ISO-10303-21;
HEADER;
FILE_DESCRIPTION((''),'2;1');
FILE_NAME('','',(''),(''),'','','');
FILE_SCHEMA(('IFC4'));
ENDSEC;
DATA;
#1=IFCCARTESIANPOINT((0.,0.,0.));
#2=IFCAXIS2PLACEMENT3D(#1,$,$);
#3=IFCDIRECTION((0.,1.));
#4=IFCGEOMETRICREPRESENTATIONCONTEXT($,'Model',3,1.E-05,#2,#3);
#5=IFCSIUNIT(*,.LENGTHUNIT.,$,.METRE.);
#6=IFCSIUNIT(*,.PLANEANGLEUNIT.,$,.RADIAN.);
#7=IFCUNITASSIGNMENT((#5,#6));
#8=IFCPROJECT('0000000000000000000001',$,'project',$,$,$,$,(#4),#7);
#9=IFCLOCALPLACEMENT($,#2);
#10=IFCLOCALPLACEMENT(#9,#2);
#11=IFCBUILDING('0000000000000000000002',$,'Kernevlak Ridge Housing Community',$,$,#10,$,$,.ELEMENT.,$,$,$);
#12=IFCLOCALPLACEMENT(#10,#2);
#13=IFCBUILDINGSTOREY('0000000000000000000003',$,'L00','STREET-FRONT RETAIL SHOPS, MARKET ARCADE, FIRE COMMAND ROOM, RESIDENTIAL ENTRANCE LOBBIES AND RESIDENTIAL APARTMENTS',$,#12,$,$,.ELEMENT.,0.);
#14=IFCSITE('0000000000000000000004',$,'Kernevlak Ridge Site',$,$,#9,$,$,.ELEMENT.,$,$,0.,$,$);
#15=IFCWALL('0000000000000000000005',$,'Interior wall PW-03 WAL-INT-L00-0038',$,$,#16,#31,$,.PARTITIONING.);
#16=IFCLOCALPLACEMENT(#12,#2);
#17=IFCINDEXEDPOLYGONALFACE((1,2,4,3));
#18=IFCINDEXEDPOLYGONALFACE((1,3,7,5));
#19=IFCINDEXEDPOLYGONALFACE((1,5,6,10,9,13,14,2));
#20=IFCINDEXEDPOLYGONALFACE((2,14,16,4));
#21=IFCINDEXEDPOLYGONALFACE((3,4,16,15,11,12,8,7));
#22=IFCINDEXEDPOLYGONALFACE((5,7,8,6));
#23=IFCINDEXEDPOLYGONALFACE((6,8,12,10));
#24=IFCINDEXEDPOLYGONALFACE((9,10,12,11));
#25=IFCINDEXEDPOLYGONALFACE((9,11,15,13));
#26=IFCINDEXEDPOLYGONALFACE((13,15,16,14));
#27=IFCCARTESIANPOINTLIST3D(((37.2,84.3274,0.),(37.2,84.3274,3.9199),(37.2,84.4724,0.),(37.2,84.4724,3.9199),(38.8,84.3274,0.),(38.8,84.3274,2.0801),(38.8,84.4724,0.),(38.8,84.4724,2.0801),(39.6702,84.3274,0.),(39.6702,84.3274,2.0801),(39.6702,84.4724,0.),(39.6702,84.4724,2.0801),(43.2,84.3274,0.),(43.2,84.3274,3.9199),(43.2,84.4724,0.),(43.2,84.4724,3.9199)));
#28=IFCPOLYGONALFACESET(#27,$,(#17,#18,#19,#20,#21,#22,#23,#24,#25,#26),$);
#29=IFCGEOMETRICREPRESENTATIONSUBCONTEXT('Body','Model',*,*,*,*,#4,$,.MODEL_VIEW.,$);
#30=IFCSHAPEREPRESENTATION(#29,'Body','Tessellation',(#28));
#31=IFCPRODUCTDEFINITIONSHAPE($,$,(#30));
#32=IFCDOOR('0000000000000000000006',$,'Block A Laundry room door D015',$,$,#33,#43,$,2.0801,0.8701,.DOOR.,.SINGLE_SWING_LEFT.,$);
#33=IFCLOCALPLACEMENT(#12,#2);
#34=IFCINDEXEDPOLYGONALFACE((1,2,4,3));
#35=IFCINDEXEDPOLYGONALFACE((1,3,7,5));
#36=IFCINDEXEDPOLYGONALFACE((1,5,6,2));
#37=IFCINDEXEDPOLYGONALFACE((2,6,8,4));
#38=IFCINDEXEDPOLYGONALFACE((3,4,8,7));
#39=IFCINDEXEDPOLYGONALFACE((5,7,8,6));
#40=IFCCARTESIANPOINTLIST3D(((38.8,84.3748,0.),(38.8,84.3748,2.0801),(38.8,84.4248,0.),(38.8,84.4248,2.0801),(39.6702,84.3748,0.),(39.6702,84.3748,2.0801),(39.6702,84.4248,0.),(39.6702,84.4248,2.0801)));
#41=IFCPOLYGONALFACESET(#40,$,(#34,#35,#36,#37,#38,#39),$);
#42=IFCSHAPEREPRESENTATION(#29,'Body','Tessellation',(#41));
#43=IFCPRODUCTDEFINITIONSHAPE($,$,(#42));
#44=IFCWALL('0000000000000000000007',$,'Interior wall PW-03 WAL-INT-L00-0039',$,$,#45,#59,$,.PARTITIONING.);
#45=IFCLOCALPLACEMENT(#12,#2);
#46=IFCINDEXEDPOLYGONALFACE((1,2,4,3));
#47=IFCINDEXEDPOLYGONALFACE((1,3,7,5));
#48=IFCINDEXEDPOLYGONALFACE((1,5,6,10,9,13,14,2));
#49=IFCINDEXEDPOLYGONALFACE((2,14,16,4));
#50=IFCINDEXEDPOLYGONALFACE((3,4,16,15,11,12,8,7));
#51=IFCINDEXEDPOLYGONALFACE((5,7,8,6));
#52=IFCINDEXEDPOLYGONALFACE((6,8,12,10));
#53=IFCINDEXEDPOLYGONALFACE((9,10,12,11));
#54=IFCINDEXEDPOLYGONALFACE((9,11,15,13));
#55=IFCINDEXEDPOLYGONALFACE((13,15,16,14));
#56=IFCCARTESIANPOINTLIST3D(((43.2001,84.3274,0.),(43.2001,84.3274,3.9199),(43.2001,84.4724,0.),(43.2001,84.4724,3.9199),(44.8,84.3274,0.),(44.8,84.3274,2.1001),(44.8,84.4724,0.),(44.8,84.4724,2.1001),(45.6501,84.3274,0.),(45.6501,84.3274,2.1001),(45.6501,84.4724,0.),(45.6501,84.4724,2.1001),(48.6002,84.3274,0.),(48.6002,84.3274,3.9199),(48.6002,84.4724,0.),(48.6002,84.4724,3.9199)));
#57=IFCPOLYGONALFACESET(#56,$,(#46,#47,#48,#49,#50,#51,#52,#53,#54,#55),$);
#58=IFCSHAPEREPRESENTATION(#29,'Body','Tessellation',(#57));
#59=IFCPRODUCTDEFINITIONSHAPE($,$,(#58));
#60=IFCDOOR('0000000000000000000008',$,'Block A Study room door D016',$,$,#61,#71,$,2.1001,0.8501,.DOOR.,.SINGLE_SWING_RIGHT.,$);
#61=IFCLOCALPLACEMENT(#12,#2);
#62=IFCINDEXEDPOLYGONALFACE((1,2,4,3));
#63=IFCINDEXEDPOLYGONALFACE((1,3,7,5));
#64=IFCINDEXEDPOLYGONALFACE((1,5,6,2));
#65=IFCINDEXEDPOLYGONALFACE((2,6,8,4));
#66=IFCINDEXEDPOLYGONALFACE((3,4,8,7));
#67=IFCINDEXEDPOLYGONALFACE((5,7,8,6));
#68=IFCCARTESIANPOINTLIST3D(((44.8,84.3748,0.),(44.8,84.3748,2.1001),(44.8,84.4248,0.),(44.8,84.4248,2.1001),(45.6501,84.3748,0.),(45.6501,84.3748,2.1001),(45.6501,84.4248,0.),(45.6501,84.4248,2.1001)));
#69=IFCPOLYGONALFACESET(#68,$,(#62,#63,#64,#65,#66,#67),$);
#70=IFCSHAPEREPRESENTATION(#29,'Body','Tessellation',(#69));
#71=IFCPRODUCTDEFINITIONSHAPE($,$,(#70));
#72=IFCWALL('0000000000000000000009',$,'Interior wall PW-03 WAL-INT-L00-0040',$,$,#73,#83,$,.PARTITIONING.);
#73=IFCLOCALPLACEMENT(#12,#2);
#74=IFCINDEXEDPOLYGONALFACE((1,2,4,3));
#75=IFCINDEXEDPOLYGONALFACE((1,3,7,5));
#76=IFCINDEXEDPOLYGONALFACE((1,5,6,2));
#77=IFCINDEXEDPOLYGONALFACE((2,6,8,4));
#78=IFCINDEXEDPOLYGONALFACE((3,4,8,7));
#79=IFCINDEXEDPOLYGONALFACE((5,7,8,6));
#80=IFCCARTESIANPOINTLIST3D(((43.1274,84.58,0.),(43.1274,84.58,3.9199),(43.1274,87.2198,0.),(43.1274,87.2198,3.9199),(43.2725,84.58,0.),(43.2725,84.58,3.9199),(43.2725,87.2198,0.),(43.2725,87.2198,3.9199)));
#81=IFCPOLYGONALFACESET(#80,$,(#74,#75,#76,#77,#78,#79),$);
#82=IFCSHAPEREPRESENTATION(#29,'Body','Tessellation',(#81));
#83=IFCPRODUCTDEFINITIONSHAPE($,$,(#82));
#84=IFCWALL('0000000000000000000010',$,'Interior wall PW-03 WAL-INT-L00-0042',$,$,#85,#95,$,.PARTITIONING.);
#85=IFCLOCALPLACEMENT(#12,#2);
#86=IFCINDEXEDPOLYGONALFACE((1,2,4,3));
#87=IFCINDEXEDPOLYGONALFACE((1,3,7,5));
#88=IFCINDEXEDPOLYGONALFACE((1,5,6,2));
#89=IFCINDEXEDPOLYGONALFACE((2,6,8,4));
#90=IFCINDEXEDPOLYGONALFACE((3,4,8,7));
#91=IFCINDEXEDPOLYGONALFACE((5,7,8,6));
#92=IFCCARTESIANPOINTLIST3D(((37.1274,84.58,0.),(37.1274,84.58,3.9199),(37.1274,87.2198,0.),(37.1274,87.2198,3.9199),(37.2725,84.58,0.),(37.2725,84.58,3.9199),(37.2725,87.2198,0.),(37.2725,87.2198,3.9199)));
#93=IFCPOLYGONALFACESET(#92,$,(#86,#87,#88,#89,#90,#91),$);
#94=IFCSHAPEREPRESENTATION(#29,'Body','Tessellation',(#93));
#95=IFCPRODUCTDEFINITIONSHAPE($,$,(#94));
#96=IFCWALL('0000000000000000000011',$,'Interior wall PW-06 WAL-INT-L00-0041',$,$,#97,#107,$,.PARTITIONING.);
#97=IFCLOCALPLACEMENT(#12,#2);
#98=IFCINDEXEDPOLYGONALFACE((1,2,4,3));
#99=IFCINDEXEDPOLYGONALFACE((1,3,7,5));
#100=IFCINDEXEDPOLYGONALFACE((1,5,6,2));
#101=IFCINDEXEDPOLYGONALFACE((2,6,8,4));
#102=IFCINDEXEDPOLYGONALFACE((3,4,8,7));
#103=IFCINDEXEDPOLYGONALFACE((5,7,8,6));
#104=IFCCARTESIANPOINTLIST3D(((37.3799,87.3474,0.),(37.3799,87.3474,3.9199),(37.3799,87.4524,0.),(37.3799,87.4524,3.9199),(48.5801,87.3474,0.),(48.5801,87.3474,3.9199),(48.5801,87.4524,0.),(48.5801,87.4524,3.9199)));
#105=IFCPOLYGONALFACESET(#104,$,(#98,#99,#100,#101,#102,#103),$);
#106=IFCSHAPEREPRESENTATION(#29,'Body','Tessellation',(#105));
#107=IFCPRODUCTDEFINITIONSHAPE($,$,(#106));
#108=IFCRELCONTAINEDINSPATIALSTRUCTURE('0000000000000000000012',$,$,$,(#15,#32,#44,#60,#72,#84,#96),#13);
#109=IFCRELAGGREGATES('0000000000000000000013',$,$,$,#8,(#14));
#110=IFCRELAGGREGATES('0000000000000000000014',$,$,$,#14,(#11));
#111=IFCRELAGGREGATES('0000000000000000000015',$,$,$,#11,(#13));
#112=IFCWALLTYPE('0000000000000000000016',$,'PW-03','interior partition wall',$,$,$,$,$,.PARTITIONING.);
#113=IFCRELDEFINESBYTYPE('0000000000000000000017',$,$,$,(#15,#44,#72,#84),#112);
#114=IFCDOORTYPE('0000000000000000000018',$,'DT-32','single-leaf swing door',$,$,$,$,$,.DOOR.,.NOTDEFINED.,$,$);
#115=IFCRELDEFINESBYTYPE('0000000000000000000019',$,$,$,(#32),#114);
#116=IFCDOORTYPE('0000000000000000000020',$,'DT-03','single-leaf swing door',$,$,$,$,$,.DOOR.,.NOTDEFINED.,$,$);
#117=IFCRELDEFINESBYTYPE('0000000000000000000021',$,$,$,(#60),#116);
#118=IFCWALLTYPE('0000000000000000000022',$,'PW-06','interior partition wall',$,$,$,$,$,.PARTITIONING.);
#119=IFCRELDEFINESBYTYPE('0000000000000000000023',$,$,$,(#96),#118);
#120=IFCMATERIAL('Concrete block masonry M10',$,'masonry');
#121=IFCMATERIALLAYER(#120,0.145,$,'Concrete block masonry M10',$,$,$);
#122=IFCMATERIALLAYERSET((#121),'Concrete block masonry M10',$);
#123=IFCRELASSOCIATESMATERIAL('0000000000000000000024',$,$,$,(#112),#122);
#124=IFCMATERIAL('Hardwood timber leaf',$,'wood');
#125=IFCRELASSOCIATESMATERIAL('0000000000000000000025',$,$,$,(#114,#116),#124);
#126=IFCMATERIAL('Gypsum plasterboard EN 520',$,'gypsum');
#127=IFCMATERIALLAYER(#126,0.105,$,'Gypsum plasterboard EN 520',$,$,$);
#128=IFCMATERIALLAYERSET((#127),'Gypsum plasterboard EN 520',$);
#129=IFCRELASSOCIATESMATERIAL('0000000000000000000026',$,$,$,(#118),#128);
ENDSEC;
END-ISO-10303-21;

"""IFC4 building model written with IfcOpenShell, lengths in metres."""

from ifc_helpers import new_model, si_unit, direction, frame, frame_2d, origin, place, context, subcontext, project, spatial, rectangle, extrude, material, layer, layer_set, type_object, element, fill, save


model = new_model("IFC4")

# Units and contexts
model_context = context("Model", 3, precision=1e-05, world=origin(), true_north=direction((0.0, 1.0)))
body_context = subcontext(model_context, "Body", "Model", "MODEL_VIEW")
ifc_project = project(units=[si_unit("LENGTHUNIT", "METRE"), si_unit("PLANEANGLEUNIT", "RADIAN")], contexts=[model_context])

# Site, building, storey
site_placement = place(None, origin())
site = spatial("IfcSite", under=ifc_project, at=site_placement, Name="Kernevlak Ridge Site", CompositionType="ELEMENT", RefElevation=0.0)
building_placement = place(site_placement, origin())
building = spatial("IfcBuilding", under=site, at=building_placement, Name="Kernevlak Ridge Housing Community", CompositionType="ELEMENT")
storey_placement = place(building_placement, origin())
storey = spatial("IfcBuildingStorey", under=building, at=storey_placement, Name="L00", Description="STREET-FRONT RETAIL SHOPS, MARKET ARCADE, FIRE COMMAND ROOM, RESIDENTIAL ENTRANCE LOBBIES AND RESIDENTIAL APARTMENTS", CompositionType="ELEMENT", Elevation=0.0)

# Walls, openings, doors
ifc_material_1 = material(Name="Concrete block masonry M10", Category="masonry")
ifc_layer_1 = layer(ifc_material_1, 0.145, Name="Concrete block masonry M10")
ifc_layer_set_1 = layer_set([ifc_layer_1], Name="Concrete block masonry M10")
wall_type_1 = type_object("IfcWallType", Name="PW-03", Description="interior partition wall", PredefinedType="PARTITIONING", material=ifc_layer_set_1)
wall_1_placement = place(storey_placement, frame((37.2, 84.3999, 0.0), z_axis=(0.0, 0.0, 1.0), x_axis=(1.0, 0.0, 0.0)))
wall_1 = element("IfcWall", 1, at=wall_1_placement, inside=storey, type_object=wall_type_1, Name="Interior wall PW-03 WAL-INT-L00-0038", PredefinedType="PARTITIONING", context=body_context, shape_type="SweptSolid", body=[
    extrude(rectangle(XDim=6.0, YDim=0.145, at=frame_2d((3.0, 0.0))), origin(), (0.0, 0.0, 1.0), 3.9199),
])
opening_1_placement = place(wall_1_placement, frame((1.6001, 0.0, 0.0)))
opening_1 = element("IfcOpeningElement", 2, at=opening_1_placement, cuts=wall_1, PredefinedType="OPENING", context=body_context, shape_type="SweptSolid", body=[
    extrude(rectangle(XDim=0.8701, YDim=2.0801, at=frame_2d((0.4351, 1.04))), frame((0.0, 0.0825, 0.0), z_axis=(0.0, -1.0, 0.0), x_axis=(1.0, 0.0, 0.0)), (0.0, 0.0, 1.0), 0.165),
])
ifc_material_2 = material(Name="Hardwood timber leaf", Category="wood")
door_type_1 = type_object("IfcDoorType", Name="DT-32", Description="single-leaf swing door", OperationType="NOTDEFINED", PredefinedType="DOOR", material=ifc_material_2)
door_1_placement = place(opening_1_placement, origin())
door_1 = element("IfcDoor", 3, at=door_1_placement, inside=storey, type_object=door_type_1, Name="Block A Laundry room door D015", OperationType="SINGLE_SWING_LEFT", OverallHeight=2.0801, OverallWidth=0.8701, PredefinedType="DOOR", context=body_context, shape_type="SweptSolid", body=[
    extrude(rectangle(XDim=0.8701, YDim=2.0801, at=frame_2d((0.4351, 1.04))), frame((0.0, 0.0249, 0.0), z_axis=(0.0, -1.0, 0.0), x_axis=(1.0, 0.0, 0.0)), (0.0, 0.0, 1.0), 0.05),
])
fill(opening_1, door_1)
wall_2_placement = place(storey_placement, frame((43.2, 84.3999, 0.0), z_axis=(0.0, 0.0, 1.0), x_axis=(1.0, 0.0, 0.0)))
wall_2 = element("IfcWall", 4, at=wall_2_placement, inside=storey, type_object=wall_type_1, Name="Interior wall PW-03 WAL-INT-L00-0039", PredefinedType="PARTITIONING", context=body_context, shape_type="SweptSolid", body=[
    extrude(rectangle(XDim=5.4001, YDim=0.145, at=frame_2d((2.7002, 0.0))), origin(), (0.0, 0.0, 1.0), 3.9199),
])
opening_2_placement = place(wall_2_placement, frame((1.6001, 0.0, 0.0)))
opening_2 = element("IfcOpeningElement", 5, at=opening_2_placement, cuts=wall_2, PredefinedType="OPENING", context=body_context, shape_type="SweptSolid", body=[
    extrude(rectangle(XDim=0.8501, YDim=2.1001, at=frame_2d((0.425, 1.05))), frame((0.0, 0.0825, 0.0), z_axis=(0.0, -1.0, 0.0), x_axis=(1.0, 0.0, 0.0)), (0.0, 0.0, 1.0), 0.165),
])
door_type_2 = type_object("IfcDoorType", Name="DT-03", Description="single-leaf swing door", OperationType="NOTDEFINED", PredefinedType="DOOR", material=ifc_material_2)
door_2_placement = place(opening_2_placement, origin())
door_2 = element("IfcDoor", 6, at=door_2_placement, inside=storey, type_object=door_type_2, Name="Block A Study room door D016", OperationType="SINGLE_SWING_RIGHT", OverallHeight=2.1001, OverallWidth=0.8501, PredefinedType="DOOR", context=body_context, shape_type="SweptSolid", body=[
    extrude(rectangle(XDim=0.8501, YDim=2.1001, at=frame_2d((0.425, 1.05))), frame((0.0, 0.0249, 0.0), z_axis=(0.0, -1.0, 0.0), x_axis=(1.0, 0.0, 0.0)), (0.0, 0.0, 1.0), 0.05),
])
fill(opening_2, door_2)

# Walls
for number, where, z_axis, x_axis, name in (
    (7, (43.2, 84.5801, 0.0), (0.0, 0.0, 1.0), (0.0, 1.0, 0.0), "Interior wall PW-03 WAL-INT-L00-0040"),
    (8, (37.2, 84.5801, 0.0), (0.0, 0.0, 1.0), (0.0, 1.0, 0.0), "Interior wall PW-03 WAL-INT-L00-0042"),
):
    element("IfcWall", number, at=place(storey_placement, frame(where, z_axis=z_axis, x_axis=x_axis)), inside=storey, type_object=wall_type_1, Name=name, PredefinedType="PARTITIONING", context=body_context, shape_type="SweptSolid", body=[
        extrude(rectangle(XDim=2.6399, YDim=0.145, at=frame_2d((1.3198, 0.0))), origin(), (0.0, 0.0, 1.0), 3.9199),
    ])
ifc_material_3 = material(Name="Gypsum plasterboard EN 520", Category="gypsum")
ifc_layer_2 = layer(ifc_material_3, 0.105, Name="Gypsum plasterboard EN 520")
ifc_layer_set_2 = layer_set([ifc_layer_2], Name="Gypsum plasterboard EN 520")
wall_type_2 = type_object("IfcWallType", Name="PW-06", Description="interior partition wall", PredefinedType="PARTITIONING", material=ifc_layer_set_2)
wall_3_placement = place(storey_placement, frame((37.3799, 87.3999, 0.0), z_axis=(0.0, 0.0, 1.0), x_axis=(1.0, 0.0, 0.0)))
element("IfcWall", 9, at=wall_3_placement, inside=storey, type_object=wall_type_2, Name="Interior wall PW-06 WAL-INT-L00-0041", PredefinedType="PARTITIONING", context=body_context, shape_type="SweptSolid", body=[
    extrude(rectangle(XDim=11.2002, YDim=0.105, at=frame_2d((5.6001, 0.0))), origin(), (0.0, 0.0, 1.0), 3.9199),
])

save(model, "model.ifc")
